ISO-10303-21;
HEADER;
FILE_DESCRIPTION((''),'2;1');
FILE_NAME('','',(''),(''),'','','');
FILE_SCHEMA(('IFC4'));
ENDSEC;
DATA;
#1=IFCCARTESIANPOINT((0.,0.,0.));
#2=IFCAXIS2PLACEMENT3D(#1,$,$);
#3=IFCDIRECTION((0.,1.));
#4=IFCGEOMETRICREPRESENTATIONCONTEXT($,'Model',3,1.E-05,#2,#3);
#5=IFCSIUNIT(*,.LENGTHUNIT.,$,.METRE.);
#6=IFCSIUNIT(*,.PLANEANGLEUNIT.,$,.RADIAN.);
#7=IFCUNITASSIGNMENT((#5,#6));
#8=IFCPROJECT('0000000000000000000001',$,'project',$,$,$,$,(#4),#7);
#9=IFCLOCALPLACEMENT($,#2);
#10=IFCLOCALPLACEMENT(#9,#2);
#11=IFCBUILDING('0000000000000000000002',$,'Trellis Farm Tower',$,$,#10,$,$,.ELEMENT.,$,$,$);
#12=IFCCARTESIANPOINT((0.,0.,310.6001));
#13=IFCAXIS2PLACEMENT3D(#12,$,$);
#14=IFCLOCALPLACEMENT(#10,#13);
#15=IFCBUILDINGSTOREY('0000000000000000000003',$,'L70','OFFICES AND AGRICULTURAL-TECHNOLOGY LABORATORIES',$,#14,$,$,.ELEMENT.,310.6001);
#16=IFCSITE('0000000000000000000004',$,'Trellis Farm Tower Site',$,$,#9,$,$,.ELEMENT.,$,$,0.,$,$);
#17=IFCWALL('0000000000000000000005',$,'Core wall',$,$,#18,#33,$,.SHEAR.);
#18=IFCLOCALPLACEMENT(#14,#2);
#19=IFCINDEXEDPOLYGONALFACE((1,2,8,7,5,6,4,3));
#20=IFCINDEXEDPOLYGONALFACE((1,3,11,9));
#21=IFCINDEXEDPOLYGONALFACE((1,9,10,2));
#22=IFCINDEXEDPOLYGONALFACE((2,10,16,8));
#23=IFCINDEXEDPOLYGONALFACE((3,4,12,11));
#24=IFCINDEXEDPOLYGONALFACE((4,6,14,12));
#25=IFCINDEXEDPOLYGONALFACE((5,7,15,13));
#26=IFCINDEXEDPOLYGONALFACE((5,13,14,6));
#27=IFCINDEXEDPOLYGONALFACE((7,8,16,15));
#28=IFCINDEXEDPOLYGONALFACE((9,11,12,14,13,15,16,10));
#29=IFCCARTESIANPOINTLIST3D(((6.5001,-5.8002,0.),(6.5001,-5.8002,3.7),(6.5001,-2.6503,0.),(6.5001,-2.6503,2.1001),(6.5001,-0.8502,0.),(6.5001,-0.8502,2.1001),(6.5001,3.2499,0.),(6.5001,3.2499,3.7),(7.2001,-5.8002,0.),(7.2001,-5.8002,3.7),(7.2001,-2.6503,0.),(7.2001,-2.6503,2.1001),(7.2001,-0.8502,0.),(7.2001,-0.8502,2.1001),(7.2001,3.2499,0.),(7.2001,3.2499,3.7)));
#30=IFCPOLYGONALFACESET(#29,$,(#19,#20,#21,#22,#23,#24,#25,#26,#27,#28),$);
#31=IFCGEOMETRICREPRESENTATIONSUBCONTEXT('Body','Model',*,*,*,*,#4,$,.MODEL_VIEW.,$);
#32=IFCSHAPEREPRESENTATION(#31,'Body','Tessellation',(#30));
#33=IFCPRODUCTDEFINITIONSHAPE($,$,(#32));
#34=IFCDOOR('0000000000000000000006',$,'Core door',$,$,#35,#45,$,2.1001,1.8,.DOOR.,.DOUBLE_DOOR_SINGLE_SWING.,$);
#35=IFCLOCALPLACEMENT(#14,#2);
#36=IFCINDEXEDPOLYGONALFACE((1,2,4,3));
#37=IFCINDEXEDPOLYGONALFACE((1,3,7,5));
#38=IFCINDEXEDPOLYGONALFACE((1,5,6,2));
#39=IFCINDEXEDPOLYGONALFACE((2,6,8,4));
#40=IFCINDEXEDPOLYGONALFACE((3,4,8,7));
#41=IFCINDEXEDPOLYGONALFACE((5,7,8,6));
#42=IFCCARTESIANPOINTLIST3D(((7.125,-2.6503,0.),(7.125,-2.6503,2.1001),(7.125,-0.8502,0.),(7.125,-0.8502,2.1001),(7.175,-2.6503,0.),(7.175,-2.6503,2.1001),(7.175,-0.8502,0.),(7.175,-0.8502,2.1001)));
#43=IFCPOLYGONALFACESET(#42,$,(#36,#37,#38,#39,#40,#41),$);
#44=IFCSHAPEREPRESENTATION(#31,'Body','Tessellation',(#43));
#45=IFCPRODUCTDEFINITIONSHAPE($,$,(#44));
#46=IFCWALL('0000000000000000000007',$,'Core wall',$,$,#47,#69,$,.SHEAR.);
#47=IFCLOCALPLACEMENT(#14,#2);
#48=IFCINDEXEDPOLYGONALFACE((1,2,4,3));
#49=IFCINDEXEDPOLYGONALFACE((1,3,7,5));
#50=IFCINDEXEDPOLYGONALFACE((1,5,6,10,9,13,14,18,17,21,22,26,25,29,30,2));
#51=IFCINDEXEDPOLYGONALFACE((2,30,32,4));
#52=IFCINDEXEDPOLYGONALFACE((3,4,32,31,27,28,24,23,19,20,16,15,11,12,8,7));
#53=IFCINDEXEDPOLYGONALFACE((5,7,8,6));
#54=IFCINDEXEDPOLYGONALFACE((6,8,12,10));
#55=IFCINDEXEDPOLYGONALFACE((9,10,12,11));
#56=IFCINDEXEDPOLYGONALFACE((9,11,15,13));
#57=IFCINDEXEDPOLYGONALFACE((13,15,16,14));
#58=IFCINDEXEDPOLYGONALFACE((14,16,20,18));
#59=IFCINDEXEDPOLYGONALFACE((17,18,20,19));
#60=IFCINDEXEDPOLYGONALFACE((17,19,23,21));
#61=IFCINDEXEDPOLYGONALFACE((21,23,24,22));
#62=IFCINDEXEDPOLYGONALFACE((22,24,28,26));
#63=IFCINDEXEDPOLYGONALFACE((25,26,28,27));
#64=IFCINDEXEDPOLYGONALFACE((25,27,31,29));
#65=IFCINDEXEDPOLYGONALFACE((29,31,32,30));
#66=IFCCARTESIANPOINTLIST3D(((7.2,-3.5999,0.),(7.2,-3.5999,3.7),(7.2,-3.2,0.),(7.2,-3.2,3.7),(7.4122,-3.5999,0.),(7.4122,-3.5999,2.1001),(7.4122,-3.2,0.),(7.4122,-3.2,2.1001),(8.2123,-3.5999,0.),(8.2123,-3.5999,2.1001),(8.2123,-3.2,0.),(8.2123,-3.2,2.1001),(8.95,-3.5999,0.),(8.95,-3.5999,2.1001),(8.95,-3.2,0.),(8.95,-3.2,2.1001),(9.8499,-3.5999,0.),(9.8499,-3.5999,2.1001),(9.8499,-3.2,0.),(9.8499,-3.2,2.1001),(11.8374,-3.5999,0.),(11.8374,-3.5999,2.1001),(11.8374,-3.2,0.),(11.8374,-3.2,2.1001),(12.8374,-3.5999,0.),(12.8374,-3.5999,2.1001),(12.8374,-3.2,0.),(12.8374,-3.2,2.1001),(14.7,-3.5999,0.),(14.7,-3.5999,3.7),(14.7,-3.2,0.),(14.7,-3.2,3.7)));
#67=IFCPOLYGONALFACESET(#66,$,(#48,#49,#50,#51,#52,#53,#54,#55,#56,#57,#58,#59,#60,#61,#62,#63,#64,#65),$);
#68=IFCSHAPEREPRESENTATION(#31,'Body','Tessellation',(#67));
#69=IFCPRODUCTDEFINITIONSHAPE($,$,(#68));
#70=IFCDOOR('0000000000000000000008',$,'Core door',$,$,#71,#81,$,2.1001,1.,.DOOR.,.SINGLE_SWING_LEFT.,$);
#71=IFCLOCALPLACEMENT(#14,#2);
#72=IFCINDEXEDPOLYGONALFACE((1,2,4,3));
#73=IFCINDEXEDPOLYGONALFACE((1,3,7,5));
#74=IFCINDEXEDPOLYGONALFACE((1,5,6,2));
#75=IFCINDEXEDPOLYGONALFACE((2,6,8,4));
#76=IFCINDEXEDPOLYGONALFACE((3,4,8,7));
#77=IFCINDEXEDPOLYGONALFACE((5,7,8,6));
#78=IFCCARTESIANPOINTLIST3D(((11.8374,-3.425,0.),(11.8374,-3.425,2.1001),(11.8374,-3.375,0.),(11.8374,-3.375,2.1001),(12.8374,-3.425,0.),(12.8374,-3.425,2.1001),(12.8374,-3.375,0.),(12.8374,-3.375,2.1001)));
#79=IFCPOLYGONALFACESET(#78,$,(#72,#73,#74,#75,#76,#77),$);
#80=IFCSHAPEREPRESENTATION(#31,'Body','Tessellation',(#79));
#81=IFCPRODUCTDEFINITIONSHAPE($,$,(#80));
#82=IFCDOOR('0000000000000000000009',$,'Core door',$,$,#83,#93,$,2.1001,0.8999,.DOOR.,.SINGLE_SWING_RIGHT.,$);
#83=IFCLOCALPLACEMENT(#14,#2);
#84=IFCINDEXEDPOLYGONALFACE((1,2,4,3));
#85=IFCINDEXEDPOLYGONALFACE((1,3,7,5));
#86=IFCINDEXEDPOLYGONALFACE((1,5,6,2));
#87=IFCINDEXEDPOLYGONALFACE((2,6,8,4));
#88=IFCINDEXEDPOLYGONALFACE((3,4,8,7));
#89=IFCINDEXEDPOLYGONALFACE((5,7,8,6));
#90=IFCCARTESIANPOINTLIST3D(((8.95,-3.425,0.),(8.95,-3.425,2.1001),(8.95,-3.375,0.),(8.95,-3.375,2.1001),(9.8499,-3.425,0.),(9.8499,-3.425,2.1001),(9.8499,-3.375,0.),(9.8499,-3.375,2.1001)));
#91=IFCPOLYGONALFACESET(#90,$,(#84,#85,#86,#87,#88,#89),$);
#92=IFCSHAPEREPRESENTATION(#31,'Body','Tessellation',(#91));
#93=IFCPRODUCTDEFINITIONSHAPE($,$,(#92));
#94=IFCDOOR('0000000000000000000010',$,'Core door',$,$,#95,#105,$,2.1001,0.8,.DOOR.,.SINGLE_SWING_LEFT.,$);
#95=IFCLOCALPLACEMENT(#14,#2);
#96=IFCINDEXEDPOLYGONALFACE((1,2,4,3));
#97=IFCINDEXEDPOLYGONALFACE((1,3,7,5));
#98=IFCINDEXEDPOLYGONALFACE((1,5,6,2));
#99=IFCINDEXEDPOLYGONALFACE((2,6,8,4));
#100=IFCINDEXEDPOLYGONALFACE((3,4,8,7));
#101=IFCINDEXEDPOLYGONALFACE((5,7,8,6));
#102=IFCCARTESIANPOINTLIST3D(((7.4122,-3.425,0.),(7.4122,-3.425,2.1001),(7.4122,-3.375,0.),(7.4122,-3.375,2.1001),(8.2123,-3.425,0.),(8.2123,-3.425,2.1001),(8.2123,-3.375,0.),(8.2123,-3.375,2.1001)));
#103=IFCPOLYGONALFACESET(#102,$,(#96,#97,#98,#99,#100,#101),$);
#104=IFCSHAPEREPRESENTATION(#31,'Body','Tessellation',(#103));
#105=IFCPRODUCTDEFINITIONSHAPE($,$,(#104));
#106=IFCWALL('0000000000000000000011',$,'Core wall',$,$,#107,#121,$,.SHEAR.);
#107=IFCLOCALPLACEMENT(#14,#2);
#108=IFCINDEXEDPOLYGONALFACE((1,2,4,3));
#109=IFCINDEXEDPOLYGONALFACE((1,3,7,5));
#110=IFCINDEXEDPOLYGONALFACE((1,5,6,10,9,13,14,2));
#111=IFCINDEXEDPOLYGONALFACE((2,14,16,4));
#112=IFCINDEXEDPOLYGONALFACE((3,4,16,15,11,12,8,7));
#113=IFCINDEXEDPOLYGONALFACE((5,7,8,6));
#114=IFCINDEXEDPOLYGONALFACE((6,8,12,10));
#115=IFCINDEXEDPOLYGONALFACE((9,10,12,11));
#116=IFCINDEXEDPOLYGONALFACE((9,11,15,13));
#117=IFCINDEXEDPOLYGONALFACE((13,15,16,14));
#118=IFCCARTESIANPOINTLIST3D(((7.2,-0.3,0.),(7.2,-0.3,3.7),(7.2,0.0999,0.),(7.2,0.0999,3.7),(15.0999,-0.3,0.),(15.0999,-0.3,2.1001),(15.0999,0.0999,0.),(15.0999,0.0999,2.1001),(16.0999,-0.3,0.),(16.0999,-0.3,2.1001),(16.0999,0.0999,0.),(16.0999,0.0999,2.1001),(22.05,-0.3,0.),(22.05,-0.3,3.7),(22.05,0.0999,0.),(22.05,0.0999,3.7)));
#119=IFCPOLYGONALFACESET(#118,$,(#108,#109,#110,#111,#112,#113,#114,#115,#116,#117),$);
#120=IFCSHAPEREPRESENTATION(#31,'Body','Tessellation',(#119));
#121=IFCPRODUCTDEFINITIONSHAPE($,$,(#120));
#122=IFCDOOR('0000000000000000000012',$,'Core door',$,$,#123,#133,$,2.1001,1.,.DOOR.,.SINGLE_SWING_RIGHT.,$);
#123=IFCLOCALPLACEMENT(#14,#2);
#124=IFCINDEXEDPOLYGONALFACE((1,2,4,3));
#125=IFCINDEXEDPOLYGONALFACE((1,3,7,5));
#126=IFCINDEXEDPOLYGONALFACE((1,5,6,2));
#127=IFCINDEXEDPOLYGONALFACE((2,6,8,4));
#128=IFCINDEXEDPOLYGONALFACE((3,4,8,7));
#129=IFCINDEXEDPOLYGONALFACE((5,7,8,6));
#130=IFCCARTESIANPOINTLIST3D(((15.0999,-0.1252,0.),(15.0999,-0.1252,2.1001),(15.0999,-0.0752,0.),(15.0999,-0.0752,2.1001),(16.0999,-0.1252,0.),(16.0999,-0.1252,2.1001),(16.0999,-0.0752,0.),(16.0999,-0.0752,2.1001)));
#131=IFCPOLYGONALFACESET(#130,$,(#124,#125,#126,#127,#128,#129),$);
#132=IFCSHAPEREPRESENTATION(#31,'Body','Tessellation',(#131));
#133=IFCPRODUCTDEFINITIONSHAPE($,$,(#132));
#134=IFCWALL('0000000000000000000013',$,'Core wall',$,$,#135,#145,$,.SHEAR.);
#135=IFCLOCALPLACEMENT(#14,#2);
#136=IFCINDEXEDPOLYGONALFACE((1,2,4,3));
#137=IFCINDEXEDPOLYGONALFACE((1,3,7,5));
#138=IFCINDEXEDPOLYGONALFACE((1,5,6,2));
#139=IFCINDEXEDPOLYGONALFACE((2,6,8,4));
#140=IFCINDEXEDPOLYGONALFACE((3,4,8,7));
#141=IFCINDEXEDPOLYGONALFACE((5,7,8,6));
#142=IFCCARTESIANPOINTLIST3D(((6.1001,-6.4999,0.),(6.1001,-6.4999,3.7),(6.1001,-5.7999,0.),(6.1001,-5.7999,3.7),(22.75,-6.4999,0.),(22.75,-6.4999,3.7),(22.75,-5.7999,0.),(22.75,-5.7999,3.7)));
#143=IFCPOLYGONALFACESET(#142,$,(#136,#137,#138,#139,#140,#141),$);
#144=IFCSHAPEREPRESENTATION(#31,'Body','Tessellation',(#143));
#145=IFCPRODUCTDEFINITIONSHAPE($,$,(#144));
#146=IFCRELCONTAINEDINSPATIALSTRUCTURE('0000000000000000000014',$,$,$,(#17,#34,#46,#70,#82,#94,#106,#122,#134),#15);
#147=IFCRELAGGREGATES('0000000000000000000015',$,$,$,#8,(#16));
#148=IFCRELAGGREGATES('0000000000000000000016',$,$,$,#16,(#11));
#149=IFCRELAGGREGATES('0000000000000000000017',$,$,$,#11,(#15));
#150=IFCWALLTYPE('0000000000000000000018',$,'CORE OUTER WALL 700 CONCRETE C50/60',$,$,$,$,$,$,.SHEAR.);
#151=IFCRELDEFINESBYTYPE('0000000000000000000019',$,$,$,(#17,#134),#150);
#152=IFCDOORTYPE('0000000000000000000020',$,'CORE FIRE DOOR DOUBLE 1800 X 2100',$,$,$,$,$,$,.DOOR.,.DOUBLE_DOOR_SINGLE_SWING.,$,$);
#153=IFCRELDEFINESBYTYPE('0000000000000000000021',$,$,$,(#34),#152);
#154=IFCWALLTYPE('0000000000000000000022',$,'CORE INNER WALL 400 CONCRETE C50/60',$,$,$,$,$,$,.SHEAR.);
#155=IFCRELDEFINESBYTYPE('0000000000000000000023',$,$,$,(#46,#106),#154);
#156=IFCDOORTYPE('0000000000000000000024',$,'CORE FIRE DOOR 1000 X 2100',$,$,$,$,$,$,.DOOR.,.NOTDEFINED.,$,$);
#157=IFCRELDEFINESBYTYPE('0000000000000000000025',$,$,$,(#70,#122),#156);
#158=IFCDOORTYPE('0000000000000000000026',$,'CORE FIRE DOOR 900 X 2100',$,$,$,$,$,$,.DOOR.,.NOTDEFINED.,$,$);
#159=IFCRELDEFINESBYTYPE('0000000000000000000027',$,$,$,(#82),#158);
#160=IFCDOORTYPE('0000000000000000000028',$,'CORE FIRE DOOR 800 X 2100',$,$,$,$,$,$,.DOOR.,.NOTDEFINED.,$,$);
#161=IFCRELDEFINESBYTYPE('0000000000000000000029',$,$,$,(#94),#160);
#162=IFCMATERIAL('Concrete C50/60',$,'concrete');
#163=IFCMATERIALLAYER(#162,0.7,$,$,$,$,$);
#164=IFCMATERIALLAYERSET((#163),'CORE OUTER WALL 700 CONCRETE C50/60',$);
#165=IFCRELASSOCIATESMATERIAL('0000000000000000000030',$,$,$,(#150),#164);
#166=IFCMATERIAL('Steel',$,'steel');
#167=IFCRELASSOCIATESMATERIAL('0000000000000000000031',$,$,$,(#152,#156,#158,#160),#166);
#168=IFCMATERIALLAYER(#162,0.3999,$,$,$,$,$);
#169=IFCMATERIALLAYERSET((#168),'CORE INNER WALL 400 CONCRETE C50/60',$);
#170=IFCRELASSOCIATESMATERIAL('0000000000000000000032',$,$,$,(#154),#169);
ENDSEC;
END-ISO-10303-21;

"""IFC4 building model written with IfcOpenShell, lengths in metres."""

from ifc_helpers import new_model, si_unit, direction, frame, frame_2d, origin, place, context, subcontext, project, spatial, rectangle, extrude, source, transform, mapped, material, layer, layer_set, type_object, element, fill, save


model = new_model("IFC4")

# Units and contexts
model_context = context("Model", 3, precision=1e-05, world=origin(), true_north=direction((0.0, 1.0)))
body_context = subcontext(model_context, "Body", "Model", "MODEL_VIEW")
ifc_project = project(units=[si_unit("LENGTHUNIT", "METRE"), si_unit("PLANEANGLEUNIT", "RADIAN")], contexts=[model_context])

# Site, building, storey
site_placement = place(None, origin())
site = spatial("IfcSite", under=ifc_project, at=site_placement, Name="Trellis Farm Tower Site", CompositionType="ELEMENT", RefElevation=0.0)
building_placement = place(site_placement, origin())
building = spatial("IfcBuilding", under=site, at=building_placement, Name="Trellis Farm Tower", CompositionType="ELEMENT")
storey_placement = place(building_placement, frame((0.0, 0.0, 310.6001)))
storey = spatial("IfcBuildingStorey", under=building, at=storey_placement, Name="L70", Description="OFFICES AND AGRICULTURAL-TECHNOLOGY LABORATORIES", CompositionType="ELEMENT", Elevation=310.6001)

# Wall, opening, door
ifc_material_1 = material(Name="Concrete C50/60", Category="concrete")
ifc_layer_1 = layer(ifc_material_1, 0.7)
ifc_layer_set_1 = layer_set([ifc_layer_1], Name="CORE OUTER WALL 700 CONCRETE C50/60")
wall_type_1 = type_object("IfcWallType", Name="CORE OUTER WALL 700 CONCRETE C50/60", PredefinedType="SHEAR", material=ifc_layer_set_1)
shared_shape_1 = source(origin(), body_context, "Body", "SweptSolid", [
    extrude(rectangle(XDim=9.05, YDim=0.7, at=frame_2d((4.5249, 0.0))), origin(), (0.0, 0.0, 1.0), 3.7),
])
wall_1_placement = place(storey_placement, frame((6.8501, -5.8, 0.0), z_axis=(0.0, 0.0, 1.0), x_axis=(0.0, 1.0, 0.0)))
wall_1 = element("IfcWall", 1, at=wall_1_placement, inside=storey, type_object=wall_type_1, Name="Core wall", PredefinedType="SHEAR", context=body_context, shape_type="MappedRepresentation", body=[
    mapped(shared_shape_1, transform((0.0, 0.0, 0.0))),
])
shared_shape_2 = source(origin(), body_context, "Body", "SweptSolid", [
    extrude(rectangle(XDim=1.8, YDim=2.1001, at=frame_2d((0.8999, 1.05))), frame((0.0, 0.3601, 0.0), z_axis=(0.0, -1.0, 0.0), x_axis=(1.0, 0.0, 0.0)), (0.0, 0.0, 1.0), 0.7202),
])
opening_1_placement = place(wall_1_placement, frame((3.1499, 0.0, 0.0)))
opening_1 = element("IfcOpeningElement", 2, at=opening_1_placement, cuts=wall_1, PredefinedType="OPENING", context=body_context, shape_type="MappedRepresentation", body=[
    mapped(shared_shape_2, transform((0.0, 0.0, 0.0))),
])
ifc_material_2 = material(Name="Steel", Category="steel")
door_type_1 = type_object("IfcDoorType", Name="CORE FIRE DOOR DOUBLE 1800 X 2100", OperationType="DOUBLE_DOOR_SINGLE_SWING", PredefinedType="DOOR", material=ifc_material_2)
shared_shape_3 = source(origin(), body_context, "Body", "SweptSolid", [
    extrude(rectangle(XDim=1.8, YDim=2.1001, at=frame_2d((0.8999, 1.05))), frame((0.0, -0.2749, 0.0), z_axis=(0.0, -1.0, 0.0), x_axis=(1.0, 0.0, 0.0)), (0.0, 0.0, 1.0), 0.05),
])
door_1_placement = place(opening_1_placement, origin())
door_1 = element("IfcDoor", 3, at=door_1_placement, inside=storey, type_object=door_type_1, Name="Core door", OperationType="DOUBLE_DOOR_SINGLE_SWING", OverallHeight=2.1001, OverallWidth=1.8, PredefinedType="DOOR", context=body_context, shape_type="MappedRepresentation", body=[
    mapped(shared_shape_3, transform((0.0, 0.0, 0.0))),
])
fill(opening_1, door_1)

# Wall, openings, doors
ifc_layer_2 = layer(ifc_material_1, 0.3999)
ifc_layer_set_2 = layer_set([ifc_layer_2], Name="CORE INNER WALL 400 CONCRETE C50/60")
wall_type_2 = type_object("IfcWallType", Name="CORE INNER WALL 400 CONCRETE C50/60", PredefinedType="SHEAR", material=ifc_layer_set_2)
shared_shape_4 = source(origin(), body_context, "Body", "SweptSolid", [
    extrude(rectangle(XDim=7.5, YDim=0.3999, at=frame_2d((3.75, 0.0))), origin(), (0.0, 0.0, 1.0), 3.7),
])
wall_2_placement = place(storey_placement, frame((7.2, -3.3999, 0.0), z_axis=(0.0, 0.0, 1.0), x_axis=(1.0, 0.0, 0.0)))
wall_2 = element("IfcWall", 4, at=wall_2_placement, inside=storey, type_object=wall_type_2, Name="Core wall", PredefinedType="SHEAR", context=body_context, shape_type="MappedRepresentation", body=[
    mapped(shared_shape_4, transform((0.0, 0.0, 0.0))),
])
shared_shape_5 = source(origin(), body_context, "Body", "SweptSolid", [
    extrude(rectangle(XDim=0.8, YDim=2.1001, at=frame_2d((0.3999, 1.05))), frame((0.0, 0.21, 0.0), z_axis=(0.0, -1.0, 0.0), x_axis=(1.0, 0.0, 0.0)), (0.0, 0.0, 1.0), 0.4199),
])
opening_2_placement = place(wall_2_placement, frame((0.2124, 0.0, 0.0)))
opening_2 = element("IfcOpeningElement", 5, at=opening_2_placement, cuts=wall_2, PredefinedType="OPENING", context=body_context, shape_type="MappedRepresentation", body=[
    mapped(shared_shape_5, transform((0.0, 0.0, 0.0))),
])
shared_shape_6 = source(origin(), body_context, "Body", "SweptSolid", [
    extrude(rectangle(XDim=0.8999, YDim=2.1001, at=frame_2d((0.45, 1.05))), frame((0.0, 0.21, 0.0), z_axis=(0.0, -1.0, 0.0), x_axis=(1.0, 0.0, 0.0)), (0.0, 0.0, 1.0), 0.4199),
])
opening_3_placement = place(wall_2_placement, frame((1.75, 0.0, 0.0)))
opening_3 = element("IfcOpeningElement", 6, at=opening_3_placement, cuts=wall_2, PredefinedType="OPENING", context=body_context, shape_type="MappedRepresentation", body=[
    mapped(shared_shape_6, transform((0.0, 0.0, 0.0))),
])
shared_shape_7 = source(origin(), body_context, "Body", "SweptSolid", [
    extrude(rectangle(XDim=1.0, YDim=2.1001, at=frame_2d((0.5, 1.05))), frame((0.0, 0.21, 0.0), z_axis=(0.0, -1.0, 0.0), x_axis=(1.0, 0.0, 0.0)), (0.0, 0.0, 1.0), 0.4199),
])
opening_4_placement = place(wall_2_placement, frame((4.6375, 0.0, 0.0)))
opening_4 = element("IfcOpeningElement", 7, at=opening_4_placement, cuts=wall_2, PredefinedType="OPENING", context=body_context, shape_type="MappedRepresentation", body=[
    mapped(shared_shape_7, transform((0.0, 0.0, 0.0))),
])
door_type_2 = type_object("IfcDoorType", Name="CORE FIRE DOOR 1000 X 2100", OperationType="NOTDEFINED", PredefinedType="DOOR", material=ifc_material_2)
shared_shape_8 = source(origin(), body_context, "Body", "SweptSolid", [
    extrude(rectangle(XDim=1.0, YDim=2.1001, at=frame_2d((0.5, 1.05))), frame((0.0, 0.0249, 0.0), z_axis=(0.0, -1.0, 0.0), x_axis=(1.0, 0.0, 0.0)), (0.0, 0.0, 1.0), 0.05),
])
door_2_placement = place(opening_4_placement, origin())
door_2 = element("IfcDoor", 8, at=door_2_placement, inside=storey, type_object=door_type_2, Name="Core door", OperationType="SINGLE_SWING_LEFT", OverallHeight=2.1001, OverallWidth=1.0, PredefinedType="DOOR", context=body_context, shape_type="MappedRepresentation", body=[
    mapped(shared_shape_8, transform((0.0, 0.0, 0.0))),
])
fill(opening_4, door_2)
door_type_3 = type_object("IfcDoorType", Name="CORE FIRE DOOR 900 X 2100", OperationType="NOTDEFINED", PredefinedType="DOOR", material=ifc_material_2)
shared_shape_9 = source(origin(), body_context, "Body", "SweptSolid", [
    extrude(rectangle(XDim=0.8999, YDim=2.1001, at=frame_2d((0.45, 1.05))), frame((0.0, 0.0249, 0.0), z_axis=(0.0, -1.0, 0.0), x_axis=(1.0, 0.0, 0.0)), (0.0, 0.0, 1.0), 0.05),
])
door_3_placement = place(opening_3_placement, origin())
door_3 = element("IfcDoor", 9, at=door_3_placement, inside=storey, type_object=door_type_3, Name="Core door", OperationType="SINGLE_SWING_RIGHT", OverallHeight=2.1001, OverallWidth=0.8999, PredefinedType="DOOR", context=body_context, shape_type="MappedRepresentation", body=[
    mapped(shared_shape_9, transform((0.0, 0.0, 0.0))),
])
fill(opening_3, door_3)
door_type_4 = type_object("IfcDoorType", Name="CORE FIRE DOOR 800 X 2100", OperationType="NOTDEFINED", PredefinedType="DOOR", material=ifc_material_2)
shared_shape_10 = source(origin(), body_context, "Body", "SweptSolid", [
    extrude(rectangle(XDim=0.8, YDim=2.1001, at=frame_2d((0.3999, 1.05))), frame((0.0, 0.0249, 0.0), z_axis=(0.0, -1.0, 0.0), x_axis=(1.0, 0.0, 0.0)), (0.0, 0.0, 1.0), 0.05),
])
door_4_placement = place(opening_2_placement, origin())
door_4 = element("IfcDoor", 10, at=door_4_placement, inside=storey, type_object=door_type_4, Name="Core door", OperationType="SINGLE_SWING_LEFT", OverallHeight=2.1001, OverallWidth=0.8, PredefinedType="DOOR", context=body_context, shape_type="MappedRepresentation", body=[
    mapped(shared_shape_10, transform((0.0, 0.0, 0.0))),
])
fill(opening_2, door_4)

# Wall, opening, door
shared_shape_11 = source(origin(), body_context, "Body", "SweptSolid", [
    extrude(rectangle(XDim=14.8501, YDim=0.3999, at=frame_2d((7.425, 0.0))), origin(), (0.0, 0.0, 1.0), 3.7),
])
wall_3_placement = place(storey_placement, frame((7.2, -0.1001, 0.0), z_axis=(0.0, 0.0, 1.0), x_axis=(1.0, 0.0, 0.0)))
wall_3 = element("IfcWall", 11, at=wall_3_placement, inside=storey, type_object=wall_type_2, Name="Core wall", PredefinedType="SHEAR", context=body_context, shape_type="MappedRepresentation", body=[
    mapped(shared_shape_11, transform((0.0, 0.0, 0.0))),
])
opening_5_placement = place(wall_3_placement, frame((7.8999, 0.0, 0.0)))
opening_5 = element("IfcOpeningElement", 12, at=opening_5_placement, cuts=wall_3, PredefinedType="OPENING", context=body_context, shape_type="MappedRepresentation", body=[
    mapped(shared_shape_7, transform((0.0, 0.0, 0.0))),
])
door_5_placement = place(opening_5_placement, origin())
door_5 = element("IfcDoor", 13, at=door_5_placement, inside=storey, type_object=door_type_2, Name="Core door", OperationType="SINGLE_SWING_RIGHT", OverallHeight=2.1001, OverallWidth=1.0, PredefinedType="DOOR", context=body_context, shape_type="MappedRepresentation", body=[
    mapped(shared_shape_8, transform((0.0, 0.0, 0.0))),
])
fill(opening_5, door_5)

# Wall
shared_shape_12 = source(origin(), body_context, "Body", "SweptSolid", [
    extrude(rectangle(XDim=16.6499, YDim=0.7, at=frame_2d((8.325, 0.0))), origin(), (0.0, 0.0, 1.0), 3.7),
])
wall_4_placement = place(storey_placement, frame((6.1001, -6.1499, 0.0), z_axis=(0.0, 0.0, 1.0), x_axis=(1.0, 0.0, 0.0)))
element("IfcWall", 14, at=wall_4_placement, inside=storey, type_object=wall_type_1, Name="Core wall", PredefinedType="SHEAR", context=body_context, shape_type="MappedRepresentation", body=[
    mapped(shared_shape_12, transform((0.0, 0.0, 0.0))),
])

save(model, "model.ifc")
